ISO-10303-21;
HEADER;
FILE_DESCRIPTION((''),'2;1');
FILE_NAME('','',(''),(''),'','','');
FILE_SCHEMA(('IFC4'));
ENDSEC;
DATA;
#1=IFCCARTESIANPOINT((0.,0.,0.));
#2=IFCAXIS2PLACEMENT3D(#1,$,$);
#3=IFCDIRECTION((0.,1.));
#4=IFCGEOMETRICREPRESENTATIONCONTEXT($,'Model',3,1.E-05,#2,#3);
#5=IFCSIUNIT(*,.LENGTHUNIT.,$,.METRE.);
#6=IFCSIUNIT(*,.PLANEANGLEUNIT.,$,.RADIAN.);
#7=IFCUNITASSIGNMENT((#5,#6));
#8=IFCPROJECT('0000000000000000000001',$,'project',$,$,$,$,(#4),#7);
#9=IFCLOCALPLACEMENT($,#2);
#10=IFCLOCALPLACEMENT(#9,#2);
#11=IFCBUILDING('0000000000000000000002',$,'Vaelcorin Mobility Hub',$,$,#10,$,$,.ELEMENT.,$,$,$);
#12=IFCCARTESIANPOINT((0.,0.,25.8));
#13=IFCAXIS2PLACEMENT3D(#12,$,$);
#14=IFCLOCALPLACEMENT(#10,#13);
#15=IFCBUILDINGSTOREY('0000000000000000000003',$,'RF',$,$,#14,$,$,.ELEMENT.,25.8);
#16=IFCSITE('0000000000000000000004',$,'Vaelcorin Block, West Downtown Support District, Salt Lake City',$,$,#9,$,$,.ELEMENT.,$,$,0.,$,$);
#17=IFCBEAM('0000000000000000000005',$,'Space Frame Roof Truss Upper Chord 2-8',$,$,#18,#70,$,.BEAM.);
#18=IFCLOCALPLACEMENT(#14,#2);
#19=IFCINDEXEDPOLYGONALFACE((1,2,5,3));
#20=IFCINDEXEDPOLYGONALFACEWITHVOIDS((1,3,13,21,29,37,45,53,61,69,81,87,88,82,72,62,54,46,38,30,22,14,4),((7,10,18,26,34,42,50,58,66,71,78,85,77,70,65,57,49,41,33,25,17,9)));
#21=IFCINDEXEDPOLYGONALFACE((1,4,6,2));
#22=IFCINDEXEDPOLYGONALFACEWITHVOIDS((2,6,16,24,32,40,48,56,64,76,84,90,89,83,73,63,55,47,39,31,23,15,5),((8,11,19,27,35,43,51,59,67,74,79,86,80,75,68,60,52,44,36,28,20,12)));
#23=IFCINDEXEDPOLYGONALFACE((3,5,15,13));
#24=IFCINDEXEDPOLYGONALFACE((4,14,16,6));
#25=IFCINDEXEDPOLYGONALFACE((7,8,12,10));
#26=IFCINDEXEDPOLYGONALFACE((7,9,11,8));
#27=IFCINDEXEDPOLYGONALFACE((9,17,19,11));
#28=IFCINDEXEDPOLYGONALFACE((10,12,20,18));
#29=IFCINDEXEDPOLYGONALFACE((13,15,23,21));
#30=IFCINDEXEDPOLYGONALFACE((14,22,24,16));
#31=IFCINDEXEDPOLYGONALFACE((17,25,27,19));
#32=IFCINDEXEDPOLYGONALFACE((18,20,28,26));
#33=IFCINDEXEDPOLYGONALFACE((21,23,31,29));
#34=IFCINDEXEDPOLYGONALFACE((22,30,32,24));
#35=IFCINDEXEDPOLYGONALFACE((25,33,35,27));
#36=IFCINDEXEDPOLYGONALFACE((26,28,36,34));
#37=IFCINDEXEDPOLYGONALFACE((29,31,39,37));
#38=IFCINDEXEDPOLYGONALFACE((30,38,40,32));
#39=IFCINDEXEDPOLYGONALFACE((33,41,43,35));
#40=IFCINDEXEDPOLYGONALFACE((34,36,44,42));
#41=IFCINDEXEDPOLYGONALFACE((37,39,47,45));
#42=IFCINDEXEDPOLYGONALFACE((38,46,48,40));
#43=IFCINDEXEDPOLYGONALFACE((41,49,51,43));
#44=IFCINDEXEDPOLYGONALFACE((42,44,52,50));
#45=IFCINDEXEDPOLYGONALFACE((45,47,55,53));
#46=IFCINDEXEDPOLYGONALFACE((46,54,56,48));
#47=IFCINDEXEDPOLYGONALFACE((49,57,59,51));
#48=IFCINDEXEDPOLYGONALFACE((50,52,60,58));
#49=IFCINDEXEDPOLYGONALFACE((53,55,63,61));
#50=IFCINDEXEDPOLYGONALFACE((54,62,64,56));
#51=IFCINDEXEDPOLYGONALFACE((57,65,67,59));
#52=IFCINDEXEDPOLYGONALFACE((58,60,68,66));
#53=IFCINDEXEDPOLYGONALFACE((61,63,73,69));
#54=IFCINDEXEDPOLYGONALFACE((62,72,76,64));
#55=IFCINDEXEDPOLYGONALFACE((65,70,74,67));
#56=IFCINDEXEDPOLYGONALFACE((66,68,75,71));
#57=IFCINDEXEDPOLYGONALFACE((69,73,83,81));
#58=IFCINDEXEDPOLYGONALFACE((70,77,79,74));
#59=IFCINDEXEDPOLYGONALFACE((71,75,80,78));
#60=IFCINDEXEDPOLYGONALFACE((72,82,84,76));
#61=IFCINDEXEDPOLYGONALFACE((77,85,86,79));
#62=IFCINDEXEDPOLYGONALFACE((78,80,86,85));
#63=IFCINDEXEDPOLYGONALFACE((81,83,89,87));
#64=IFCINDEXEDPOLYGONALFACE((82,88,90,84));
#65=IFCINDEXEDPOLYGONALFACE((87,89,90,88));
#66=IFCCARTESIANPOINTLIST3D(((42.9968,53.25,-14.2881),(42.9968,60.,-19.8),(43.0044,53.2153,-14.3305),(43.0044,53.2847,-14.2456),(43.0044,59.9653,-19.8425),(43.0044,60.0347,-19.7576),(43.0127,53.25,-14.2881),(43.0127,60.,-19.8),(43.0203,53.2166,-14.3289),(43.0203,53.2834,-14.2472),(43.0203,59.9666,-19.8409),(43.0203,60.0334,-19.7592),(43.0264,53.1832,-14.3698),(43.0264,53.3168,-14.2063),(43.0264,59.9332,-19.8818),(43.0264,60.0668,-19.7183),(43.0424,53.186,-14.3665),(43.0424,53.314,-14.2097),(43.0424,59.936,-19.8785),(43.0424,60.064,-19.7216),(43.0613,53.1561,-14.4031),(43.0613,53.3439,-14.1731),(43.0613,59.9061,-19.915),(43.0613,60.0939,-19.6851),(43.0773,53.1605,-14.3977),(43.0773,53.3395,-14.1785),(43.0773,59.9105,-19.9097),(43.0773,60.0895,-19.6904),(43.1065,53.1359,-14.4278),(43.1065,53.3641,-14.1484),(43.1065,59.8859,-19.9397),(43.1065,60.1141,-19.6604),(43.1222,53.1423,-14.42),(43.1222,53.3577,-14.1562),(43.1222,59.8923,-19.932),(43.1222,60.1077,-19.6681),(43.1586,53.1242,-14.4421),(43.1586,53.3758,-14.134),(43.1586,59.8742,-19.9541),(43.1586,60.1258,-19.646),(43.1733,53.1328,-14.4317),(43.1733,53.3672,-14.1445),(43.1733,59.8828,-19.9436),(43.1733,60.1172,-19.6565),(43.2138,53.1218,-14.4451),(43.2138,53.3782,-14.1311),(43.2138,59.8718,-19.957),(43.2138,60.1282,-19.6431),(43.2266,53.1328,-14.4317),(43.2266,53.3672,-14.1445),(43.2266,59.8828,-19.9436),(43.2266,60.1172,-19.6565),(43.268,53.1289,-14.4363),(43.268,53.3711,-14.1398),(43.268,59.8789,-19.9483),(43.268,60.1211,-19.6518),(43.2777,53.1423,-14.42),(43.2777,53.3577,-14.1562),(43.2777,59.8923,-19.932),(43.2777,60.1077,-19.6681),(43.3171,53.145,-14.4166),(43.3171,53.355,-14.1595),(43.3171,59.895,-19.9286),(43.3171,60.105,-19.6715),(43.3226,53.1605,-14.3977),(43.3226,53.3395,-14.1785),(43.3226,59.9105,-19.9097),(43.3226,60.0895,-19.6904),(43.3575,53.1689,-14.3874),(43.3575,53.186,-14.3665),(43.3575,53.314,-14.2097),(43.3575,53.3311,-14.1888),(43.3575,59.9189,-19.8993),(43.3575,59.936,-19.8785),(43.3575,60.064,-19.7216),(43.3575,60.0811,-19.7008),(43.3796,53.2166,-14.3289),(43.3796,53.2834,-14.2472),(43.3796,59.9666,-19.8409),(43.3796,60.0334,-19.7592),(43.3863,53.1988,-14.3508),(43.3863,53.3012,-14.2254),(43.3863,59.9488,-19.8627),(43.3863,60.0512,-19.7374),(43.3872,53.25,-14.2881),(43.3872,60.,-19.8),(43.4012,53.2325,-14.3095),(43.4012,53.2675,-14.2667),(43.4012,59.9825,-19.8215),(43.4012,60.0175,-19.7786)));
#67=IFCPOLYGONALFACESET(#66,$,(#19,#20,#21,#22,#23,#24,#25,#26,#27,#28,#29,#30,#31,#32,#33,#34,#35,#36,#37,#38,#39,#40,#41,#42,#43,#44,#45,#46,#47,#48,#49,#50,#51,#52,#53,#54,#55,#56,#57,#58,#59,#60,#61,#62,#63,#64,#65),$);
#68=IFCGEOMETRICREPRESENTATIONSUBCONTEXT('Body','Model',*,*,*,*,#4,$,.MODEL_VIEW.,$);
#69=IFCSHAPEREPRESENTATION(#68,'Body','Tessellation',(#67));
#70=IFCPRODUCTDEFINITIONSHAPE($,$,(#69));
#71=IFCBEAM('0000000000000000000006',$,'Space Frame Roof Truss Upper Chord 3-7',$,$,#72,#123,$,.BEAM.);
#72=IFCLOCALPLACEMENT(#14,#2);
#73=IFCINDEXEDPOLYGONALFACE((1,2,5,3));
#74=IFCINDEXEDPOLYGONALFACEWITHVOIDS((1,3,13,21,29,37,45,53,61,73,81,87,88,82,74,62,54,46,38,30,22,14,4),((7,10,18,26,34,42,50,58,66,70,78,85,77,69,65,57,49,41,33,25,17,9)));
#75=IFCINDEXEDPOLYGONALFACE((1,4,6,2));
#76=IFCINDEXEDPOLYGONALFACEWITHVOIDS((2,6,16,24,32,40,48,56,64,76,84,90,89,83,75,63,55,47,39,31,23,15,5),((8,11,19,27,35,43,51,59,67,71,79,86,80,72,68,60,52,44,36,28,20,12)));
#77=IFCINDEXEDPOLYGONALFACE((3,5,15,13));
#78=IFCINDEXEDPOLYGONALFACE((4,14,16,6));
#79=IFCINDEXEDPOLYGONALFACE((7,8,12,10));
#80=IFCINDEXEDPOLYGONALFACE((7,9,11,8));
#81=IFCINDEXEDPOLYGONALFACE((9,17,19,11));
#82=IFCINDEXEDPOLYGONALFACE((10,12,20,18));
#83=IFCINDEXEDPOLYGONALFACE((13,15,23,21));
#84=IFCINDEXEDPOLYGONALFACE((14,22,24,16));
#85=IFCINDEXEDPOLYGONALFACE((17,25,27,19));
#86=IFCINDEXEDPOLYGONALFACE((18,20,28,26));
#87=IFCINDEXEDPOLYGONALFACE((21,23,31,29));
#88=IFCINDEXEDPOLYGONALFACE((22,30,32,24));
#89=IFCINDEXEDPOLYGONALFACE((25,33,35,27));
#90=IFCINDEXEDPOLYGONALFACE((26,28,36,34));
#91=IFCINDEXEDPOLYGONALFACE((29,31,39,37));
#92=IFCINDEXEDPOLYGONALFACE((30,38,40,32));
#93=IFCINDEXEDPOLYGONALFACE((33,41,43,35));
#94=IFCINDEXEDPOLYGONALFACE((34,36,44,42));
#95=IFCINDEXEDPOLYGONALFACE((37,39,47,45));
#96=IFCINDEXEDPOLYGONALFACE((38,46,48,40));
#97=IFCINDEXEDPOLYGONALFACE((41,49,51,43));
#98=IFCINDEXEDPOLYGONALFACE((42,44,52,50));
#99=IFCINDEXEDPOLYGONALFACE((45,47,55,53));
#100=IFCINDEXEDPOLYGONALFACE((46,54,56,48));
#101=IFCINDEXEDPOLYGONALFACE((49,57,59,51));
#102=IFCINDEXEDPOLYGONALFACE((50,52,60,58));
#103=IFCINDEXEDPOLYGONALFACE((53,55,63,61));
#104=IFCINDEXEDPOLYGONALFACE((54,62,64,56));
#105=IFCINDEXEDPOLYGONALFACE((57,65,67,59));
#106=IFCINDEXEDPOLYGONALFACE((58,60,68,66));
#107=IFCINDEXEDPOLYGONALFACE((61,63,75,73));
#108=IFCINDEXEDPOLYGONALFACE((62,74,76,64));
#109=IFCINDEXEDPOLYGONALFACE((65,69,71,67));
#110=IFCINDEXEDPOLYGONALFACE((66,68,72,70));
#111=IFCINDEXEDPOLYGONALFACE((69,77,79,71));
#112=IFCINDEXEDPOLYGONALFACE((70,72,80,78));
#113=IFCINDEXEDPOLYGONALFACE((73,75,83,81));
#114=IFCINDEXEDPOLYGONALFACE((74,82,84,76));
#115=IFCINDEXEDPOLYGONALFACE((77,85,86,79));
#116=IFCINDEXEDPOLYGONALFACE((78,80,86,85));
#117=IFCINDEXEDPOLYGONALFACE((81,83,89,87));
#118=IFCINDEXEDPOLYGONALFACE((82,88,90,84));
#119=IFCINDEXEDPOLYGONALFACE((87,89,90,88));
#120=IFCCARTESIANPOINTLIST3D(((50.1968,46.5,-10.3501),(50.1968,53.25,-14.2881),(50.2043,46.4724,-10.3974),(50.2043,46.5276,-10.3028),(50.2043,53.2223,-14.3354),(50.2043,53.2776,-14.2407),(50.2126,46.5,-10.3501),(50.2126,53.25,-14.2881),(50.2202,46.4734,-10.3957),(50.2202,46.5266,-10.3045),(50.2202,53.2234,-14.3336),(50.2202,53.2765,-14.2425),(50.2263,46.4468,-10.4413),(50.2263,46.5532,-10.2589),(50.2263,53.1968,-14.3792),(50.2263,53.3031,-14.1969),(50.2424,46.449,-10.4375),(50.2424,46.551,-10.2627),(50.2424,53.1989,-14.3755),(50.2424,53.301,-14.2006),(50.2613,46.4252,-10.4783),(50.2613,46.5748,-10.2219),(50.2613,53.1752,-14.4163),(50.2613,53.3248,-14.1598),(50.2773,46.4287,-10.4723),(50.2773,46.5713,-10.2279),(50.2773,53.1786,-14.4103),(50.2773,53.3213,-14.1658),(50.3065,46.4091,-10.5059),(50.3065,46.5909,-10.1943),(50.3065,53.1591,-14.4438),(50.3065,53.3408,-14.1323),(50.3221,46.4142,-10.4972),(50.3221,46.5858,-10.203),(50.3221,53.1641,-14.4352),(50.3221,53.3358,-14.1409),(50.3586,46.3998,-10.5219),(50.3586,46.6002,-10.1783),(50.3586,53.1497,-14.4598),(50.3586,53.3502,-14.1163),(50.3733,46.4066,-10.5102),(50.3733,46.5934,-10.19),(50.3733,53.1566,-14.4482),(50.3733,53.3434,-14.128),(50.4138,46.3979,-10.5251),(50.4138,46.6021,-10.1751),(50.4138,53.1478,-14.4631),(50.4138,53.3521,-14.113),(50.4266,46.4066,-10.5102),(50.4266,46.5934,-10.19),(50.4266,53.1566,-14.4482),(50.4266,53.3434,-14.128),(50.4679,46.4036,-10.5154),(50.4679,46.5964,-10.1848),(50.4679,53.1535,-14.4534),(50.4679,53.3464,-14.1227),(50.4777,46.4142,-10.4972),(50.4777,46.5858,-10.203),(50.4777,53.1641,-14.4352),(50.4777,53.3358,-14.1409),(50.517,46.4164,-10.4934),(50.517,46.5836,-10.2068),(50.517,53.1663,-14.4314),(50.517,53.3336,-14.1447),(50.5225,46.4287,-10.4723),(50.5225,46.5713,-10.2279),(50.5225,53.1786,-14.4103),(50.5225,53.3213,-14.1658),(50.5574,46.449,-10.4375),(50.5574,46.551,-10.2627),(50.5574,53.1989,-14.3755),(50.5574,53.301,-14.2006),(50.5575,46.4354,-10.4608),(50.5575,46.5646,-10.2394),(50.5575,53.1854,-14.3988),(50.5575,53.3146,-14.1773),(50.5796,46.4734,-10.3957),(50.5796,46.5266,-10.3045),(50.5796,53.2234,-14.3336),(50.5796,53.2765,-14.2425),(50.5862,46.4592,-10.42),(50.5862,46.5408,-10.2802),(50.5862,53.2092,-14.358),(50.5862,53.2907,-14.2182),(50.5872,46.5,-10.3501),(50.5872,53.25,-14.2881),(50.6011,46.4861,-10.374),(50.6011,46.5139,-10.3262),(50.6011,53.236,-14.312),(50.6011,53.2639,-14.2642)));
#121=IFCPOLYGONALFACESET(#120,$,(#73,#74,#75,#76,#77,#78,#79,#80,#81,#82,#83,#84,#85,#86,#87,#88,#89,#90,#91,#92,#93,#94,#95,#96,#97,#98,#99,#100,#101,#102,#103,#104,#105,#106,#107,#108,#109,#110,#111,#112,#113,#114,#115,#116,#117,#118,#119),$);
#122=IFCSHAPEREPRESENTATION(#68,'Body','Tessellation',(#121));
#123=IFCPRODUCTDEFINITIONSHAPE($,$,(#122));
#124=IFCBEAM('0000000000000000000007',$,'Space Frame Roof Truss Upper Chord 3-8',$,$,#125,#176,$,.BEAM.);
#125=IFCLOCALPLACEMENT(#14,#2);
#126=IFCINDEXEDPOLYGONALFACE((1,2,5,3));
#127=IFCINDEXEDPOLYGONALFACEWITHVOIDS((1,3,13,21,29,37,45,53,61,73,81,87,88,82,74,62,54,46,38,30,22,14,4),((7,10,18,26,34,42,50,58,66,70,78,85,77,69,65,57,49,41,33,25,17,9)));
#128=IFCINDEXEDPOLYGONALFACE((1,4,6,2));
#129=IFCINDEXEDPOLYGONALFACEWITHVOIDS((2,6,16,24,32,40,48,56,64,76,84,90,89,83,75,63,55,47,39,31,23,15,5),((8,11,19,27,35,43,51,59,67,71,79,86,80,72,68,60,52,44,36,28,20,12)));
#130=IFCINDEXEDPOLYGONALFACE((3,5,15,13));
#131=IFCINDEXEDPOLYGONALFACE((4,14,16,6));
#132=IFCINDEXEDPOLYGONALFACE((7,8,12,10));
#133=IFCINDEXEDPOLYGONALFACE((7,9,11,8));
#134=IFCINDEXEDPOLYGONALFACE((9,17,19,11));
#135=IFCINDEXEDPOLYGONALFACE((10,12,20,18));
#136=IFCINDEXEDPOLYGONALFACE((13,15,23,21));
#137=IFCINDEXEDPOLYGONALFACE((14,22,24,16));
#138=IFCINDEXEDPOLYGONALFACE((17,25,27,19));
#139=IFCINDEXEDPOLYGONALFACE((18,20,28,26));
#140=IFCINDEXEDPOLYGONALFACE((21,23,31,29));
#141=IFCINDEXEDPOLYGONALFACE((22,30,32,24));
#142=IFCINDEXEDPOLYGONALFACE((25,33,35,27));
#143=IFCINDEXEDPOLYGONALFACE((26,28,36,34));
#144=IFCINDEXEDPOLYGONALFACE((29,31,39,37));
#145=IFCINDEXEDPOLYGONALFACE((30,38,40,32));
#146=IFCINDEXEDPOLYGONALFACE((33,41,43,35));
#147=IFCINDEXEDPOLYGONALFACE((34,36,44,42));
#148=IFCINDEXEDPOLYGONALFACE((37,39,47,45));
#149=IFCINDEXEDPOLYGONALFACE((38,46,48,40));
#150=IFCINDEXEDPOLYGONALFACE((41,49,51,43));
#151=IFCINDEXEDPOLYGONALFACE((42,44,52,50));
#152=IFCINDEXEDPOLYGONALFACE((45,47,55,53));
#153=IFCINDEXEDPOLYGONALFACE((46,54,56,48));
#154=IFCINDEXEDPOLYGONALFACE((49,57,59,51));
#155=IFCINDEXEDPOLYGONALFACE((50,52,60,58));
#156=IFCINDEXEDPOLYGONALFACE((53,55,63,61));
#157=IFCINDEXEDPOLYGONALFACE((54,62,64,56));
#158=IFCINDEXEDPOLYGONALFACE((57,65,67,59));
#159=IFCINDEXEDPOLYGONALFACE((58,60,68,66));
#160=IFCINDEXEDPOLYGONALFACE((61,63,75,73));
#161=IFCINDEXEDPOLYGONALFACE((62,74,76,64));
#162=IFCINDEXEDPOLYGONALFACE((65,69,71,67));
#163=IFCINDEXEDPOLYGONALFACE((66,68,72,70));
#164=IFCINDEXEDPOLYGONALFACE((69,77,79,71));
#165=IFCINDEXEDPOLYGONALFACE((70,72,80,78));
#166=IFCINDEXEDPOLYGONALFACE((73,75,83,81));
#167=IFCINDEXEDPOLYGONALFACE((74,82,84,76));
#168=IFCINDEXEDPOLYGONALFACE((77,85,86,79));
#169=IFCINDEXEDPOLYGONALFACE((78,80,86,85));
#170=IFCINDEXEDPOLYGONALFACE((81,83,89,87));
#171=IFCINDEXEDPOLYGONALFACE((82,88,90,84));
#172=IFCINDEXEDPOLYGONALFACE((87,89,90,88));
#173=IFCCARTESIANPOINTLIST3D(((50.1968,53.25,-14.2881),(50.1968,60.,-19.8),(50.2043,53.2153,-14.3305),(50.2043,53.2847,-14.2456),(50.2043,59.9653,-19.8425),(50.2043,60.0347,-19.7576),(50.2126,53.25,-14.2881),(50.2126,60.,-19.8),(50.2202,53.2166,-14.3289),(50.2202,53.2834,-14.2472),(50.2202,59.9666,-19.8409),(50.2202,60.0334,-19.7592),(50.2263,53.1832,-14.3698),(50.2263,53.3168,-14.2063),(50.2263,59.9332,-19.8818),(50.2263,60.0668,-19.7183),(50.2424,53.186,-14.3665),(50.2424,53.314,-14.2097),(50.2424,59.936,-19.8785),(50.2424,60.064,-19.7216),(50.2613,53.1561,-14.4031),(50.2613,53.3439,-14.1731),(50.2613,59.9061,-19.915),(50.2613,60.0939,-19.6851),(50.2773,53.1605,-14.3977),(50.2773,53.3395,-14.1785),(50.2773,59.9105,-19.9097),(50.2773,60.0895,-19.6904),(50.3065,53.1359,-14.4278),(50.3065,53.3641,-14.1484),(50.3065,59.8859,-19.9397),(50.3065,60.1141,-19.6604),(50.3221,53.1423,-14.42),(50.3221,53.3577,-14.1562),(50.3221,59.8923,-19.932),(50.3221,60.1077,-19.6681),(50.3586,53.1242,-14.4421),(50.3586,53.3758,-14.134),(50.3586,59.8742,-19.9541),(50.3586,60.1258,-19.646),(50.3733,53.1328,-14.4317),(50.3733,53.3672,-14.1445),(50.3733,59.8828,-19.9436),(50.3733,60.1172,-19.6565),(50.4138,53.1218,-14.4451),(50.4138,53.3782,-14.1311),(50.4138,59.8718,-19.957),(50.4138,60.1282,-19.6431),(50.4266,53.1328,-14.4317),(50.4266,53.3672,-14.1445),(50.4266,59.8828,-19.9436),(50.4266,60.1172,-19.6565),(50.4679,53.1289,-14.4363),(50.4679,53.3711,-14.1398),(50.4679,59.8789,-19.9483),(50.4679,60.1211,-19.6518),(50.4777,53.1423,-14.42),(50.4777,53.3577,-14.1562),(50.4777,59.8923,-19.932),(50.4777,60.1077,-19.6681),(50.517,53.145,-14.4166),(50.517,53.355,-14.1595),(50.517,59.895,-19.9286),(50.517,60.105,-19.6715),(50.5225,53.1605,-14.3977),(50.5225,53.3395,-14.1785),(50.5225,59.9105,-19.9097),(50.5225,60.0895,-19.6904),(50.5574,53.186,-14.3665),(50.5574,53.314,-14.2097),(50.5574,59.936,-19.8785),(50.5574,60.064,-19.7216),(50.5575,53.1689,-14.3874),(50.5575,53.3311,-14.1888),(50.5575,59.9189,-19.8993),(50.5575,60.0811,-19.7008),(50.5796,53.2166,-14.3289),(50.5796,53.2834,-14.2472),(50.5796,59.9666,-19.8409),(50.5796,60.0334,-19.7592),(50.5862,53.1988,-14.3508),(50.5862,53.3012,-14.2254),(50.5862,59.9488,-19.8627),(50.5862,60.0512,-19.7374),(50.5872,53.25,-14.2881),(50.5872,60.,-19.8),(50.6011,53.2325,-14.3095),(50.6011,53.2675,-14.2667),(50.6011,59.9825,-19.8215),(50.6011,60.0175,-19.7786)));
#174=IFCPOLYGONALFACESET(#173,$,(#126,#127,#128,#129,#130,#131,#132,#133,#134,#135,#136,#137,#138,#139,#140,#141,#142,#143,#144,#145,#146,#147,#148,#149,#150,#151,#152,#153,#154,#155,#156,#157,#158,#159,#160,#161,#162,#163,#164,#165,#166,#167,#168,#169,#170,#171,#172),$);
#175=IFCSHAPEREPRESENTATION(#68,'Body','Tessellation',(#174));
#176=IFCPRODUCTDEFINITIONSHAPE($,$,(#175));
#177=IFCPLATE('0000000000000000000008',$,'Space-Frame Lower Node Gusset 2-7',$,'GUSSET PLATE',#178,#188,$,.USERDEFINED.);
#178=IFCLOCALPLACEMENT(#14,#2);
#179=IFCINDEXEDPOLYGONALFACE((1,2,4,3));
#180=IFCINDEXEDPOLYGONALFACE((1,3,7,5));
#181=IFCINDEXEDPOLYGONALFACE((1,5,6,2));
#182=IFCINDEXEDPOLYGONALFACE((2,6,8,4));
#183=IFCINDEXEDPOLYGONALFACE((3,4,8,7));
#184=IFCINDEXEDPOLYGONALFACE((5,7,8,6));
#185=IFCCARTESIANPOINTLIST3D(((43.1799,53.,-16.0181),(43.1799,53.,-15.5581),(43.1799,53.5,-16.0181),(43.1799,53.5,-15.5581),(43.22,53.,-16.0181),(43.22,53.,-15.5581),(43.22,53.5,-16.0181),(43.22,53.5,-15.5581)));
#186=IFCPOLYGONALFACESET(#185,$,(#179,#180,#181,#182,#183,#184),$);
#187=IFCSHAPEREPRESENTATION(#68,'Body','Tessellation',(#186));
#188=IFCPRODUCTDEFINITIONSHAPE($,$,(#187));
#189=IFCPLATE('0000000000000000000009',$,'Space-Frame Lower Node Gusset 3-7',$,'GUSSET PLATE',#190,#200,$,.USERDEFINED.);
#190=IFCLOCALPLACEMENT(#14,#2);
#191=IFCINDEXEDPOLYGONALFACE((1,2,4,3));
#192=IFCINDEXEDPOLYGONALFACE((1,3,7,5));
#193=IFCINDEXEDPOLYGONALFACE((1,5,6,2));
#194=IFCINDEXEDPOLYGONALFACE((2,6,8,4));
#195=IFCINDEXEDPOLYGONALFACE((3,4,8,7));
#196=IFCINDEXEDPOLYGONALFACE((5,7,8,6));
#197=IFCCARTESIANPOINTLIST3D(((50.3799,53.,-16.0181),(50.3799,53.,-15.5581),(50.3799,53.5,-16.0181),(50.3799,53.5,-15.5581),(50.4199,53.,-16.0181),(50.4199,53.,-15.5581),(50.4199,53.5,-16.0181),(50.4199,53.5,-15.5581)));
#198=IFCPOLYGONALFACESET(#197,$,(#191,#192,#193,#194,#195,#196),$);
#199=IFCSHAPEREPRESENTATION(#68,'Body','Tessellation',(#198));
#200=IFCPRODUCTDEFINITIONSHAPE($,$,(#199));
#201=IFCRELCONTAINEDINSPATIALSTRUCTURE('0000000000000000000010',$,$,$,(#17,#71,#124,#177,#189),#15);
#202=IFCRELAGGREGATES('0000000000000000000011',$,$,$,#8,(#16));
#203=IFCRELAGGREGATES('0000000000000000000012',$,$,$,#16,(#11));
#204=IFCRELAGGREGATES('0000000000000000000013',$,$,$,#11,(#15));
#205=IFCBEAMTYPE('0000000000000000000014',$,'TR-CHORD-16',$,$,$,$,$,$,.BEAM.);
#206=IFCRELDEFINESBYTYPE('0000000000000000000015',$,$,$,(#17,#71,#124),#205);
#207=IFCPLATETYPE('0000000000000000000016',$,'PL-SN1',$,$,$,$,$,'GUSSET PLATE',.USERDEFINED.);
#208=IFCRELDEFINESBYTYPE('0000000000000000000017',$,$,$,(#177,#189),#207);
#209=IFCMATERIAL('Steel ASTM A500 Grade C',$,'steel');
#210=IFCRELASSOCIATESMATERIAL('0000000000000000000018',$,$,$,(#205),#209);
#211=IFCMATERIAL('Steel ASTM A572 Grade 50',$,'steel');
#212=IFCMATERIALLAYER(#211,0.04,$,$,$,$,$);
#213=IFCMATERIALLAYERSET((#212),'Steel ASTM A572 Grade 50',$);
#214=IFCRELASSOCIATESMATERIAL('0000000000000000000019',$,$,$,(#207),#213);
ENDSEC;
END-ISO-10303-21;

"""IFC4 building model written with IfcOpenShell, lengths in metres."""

from ifc_helpers import new_model, si_unit, direction, frame, origin, origin_2d, place, context, subcontext, project, spatial, rectangle, hollow_circle, extrude, material, layer, layer_set, material_profile, profile_set, type_object, element, save


model = new_model("IFC4")

# Units and contexts
model_context = context("Model", 3, precision=1e-05, world=origin(), true_north=direction((0.0, 1.0)))
body_context = subcontext(model_context, "Body", "Model", "MODEL_VIEW")
ifc_project = project(units=[si_unit("LENGTHUNIT", "METRE"), si_unit("PLANEANGLEUNIT", "RADIAN")], contexts=[model_context])

# Site, building, storey
site_placement = place(None, origin())
site = spatial("IfcSite", under=ifc_project, at=site_placement, Name="Vaelcorin Block, West Downtown Support District, Salt Lake City", CompositionType="ELEMENT", RefElevation=0.0)
building_placement = place(site_placement, origin())
building = spatial("IfcBuilding", under=site, at=building_placement, Name="Vaelcorin Mobility Hub", CompositionType="ELEMENT")
storey_placement = place(building_placement, frame((0.0, 0.0, 25.8)))
storey = spatial("IfcBuildingStorey", under=building, at=storey_placement, Name="RF", CompositionType="ELEMENT", Elevation=25.8)

# Shared definitions
ifc_material_1 = material(Name="Steel ASTM A500 Grade C", Category="steel")

# Beams
ifc_material_profile_1 = material_profile(ifc_material_1, hollow_circle(Radius=0.2031, WallThickness=0.0159, at=origin_2d()), Name="HSS16.000X0.625")
ifc_profile_set_1 = profile_set([ifc_material_profile_1], Name="Steel ASTM A500 Grade C")
beam_type = type_object("IfcBeamType", Name="TR-CHORD-16", PredefinedType="BEAM", material=ifc_profile_set_1)
beam_1_placement = place(storey_placement, frame((43.2, 53.25, -14.2881), z_axis=(0.0, 0.774562, -0.632498), x_axis=(-1.0, 0.0, 0.0)))
element("IfcBeam", 1, at=beam_1_placement, inside=storey, type_object=beam_type, Name="Space Frame Roof Truss Upper Chord 2-8", PredefinedType="BEAM", context=body_context, shape_type="SweptSolid", body=[
    extrude(hollow_circle(Radius=0.2031, WallThickness=0.0159, at=origin_2d()), origin(), (0.0, 0.0, 1.0), 8.7146),
])
beam_2_placement = place(storey_placement, frame((50.3999, 46.5, -10.3501), z_axis=(0.0, 0.863752, -0.503918), x_axis=(-1.0, 0.0, 0.0)))
element("IfcBeam", 2, at=beam_2_placement, inside=storey, type_object=beam_type, Name="Space Frame Roof Truss Upper Chord 3-7", PredefinedType="BEAM", context=body_context, shape_type="SweptSolid", body=[
    extrude(hollow_circle(Radius=0.2031, WallThickness=0.0159, at=origin_2d()), origin(), (0.0, 0.0, 1.0), 7.8147),
])
beam_3_placement = place(storey_placement, frame((50.3999, 53.25, -14.2881), z_axis=(0.0, 0.774562, -0.632498), x_axis=(-1.0, 0.0, 0.0)))
element("IfcBeam", 3, at=beam_3_placement, inside=storey, type_object=beam_type, Name="Space Frame Roof Truss Upper Chord 3-8", PredefinedType="BEAM", context=body_context, shape_type="SweptSolid", body=[
    extrude(hollow_circle(Radius=0.2031, WallThickness=0.0159, at=origin_2d()), origin(), (0.0, 0.0, 1.0), 8.7146),
])

# Plates
ifc_material_2 = material(Name="Steel ASTM A572 Grade 50", Category="steel")
ifc_layer_1 = layer(ifc_material_2, 0.04)
ifc_layer_set_1 = layer_set([ifc_layer_1], Name="Steel ASTM A572 Grade 50")
plate_type_1 = type_object("IfcPlateType", Name="PL-SN1", ElementType="GUSSET PLATE", PredefinedType="USERDEFINED", material=ifc_layer_set_1)
for number, where, z_axis, x_axis, name in (
    (4, (43.2, 53.25, -16.0181), (0.0, 0.0, 1.0), (1.0, 0.0, 0.0), "Space-Frame Lower Node Gusset 2-7"),
    (5, (50.3999, 53.25, -16.0181), (0.0, 0.0, 1.0), (1.0, 0.0, 0.0), "Space-Frame Lower Node Gusset 3-7"),
):
    element("IfcPlate", number, at=place(storey_placement, frame(where, z_axis=z_axis, x_axis=x_axis)), inside=storey, type_object=plate_type_1, Name=name, ObjectType="GUSSET PLATE", PredefinedType="USERDEFINED", context=body_context, shape_type="SweptSolid", body=[
        extrude(rectangle(XDim=0.04, YDim=0.5, at=origin_2d()), origin(), (0.0, 0.0, 1.0), 0.46),
    ])

save(model, "model.ifc")
